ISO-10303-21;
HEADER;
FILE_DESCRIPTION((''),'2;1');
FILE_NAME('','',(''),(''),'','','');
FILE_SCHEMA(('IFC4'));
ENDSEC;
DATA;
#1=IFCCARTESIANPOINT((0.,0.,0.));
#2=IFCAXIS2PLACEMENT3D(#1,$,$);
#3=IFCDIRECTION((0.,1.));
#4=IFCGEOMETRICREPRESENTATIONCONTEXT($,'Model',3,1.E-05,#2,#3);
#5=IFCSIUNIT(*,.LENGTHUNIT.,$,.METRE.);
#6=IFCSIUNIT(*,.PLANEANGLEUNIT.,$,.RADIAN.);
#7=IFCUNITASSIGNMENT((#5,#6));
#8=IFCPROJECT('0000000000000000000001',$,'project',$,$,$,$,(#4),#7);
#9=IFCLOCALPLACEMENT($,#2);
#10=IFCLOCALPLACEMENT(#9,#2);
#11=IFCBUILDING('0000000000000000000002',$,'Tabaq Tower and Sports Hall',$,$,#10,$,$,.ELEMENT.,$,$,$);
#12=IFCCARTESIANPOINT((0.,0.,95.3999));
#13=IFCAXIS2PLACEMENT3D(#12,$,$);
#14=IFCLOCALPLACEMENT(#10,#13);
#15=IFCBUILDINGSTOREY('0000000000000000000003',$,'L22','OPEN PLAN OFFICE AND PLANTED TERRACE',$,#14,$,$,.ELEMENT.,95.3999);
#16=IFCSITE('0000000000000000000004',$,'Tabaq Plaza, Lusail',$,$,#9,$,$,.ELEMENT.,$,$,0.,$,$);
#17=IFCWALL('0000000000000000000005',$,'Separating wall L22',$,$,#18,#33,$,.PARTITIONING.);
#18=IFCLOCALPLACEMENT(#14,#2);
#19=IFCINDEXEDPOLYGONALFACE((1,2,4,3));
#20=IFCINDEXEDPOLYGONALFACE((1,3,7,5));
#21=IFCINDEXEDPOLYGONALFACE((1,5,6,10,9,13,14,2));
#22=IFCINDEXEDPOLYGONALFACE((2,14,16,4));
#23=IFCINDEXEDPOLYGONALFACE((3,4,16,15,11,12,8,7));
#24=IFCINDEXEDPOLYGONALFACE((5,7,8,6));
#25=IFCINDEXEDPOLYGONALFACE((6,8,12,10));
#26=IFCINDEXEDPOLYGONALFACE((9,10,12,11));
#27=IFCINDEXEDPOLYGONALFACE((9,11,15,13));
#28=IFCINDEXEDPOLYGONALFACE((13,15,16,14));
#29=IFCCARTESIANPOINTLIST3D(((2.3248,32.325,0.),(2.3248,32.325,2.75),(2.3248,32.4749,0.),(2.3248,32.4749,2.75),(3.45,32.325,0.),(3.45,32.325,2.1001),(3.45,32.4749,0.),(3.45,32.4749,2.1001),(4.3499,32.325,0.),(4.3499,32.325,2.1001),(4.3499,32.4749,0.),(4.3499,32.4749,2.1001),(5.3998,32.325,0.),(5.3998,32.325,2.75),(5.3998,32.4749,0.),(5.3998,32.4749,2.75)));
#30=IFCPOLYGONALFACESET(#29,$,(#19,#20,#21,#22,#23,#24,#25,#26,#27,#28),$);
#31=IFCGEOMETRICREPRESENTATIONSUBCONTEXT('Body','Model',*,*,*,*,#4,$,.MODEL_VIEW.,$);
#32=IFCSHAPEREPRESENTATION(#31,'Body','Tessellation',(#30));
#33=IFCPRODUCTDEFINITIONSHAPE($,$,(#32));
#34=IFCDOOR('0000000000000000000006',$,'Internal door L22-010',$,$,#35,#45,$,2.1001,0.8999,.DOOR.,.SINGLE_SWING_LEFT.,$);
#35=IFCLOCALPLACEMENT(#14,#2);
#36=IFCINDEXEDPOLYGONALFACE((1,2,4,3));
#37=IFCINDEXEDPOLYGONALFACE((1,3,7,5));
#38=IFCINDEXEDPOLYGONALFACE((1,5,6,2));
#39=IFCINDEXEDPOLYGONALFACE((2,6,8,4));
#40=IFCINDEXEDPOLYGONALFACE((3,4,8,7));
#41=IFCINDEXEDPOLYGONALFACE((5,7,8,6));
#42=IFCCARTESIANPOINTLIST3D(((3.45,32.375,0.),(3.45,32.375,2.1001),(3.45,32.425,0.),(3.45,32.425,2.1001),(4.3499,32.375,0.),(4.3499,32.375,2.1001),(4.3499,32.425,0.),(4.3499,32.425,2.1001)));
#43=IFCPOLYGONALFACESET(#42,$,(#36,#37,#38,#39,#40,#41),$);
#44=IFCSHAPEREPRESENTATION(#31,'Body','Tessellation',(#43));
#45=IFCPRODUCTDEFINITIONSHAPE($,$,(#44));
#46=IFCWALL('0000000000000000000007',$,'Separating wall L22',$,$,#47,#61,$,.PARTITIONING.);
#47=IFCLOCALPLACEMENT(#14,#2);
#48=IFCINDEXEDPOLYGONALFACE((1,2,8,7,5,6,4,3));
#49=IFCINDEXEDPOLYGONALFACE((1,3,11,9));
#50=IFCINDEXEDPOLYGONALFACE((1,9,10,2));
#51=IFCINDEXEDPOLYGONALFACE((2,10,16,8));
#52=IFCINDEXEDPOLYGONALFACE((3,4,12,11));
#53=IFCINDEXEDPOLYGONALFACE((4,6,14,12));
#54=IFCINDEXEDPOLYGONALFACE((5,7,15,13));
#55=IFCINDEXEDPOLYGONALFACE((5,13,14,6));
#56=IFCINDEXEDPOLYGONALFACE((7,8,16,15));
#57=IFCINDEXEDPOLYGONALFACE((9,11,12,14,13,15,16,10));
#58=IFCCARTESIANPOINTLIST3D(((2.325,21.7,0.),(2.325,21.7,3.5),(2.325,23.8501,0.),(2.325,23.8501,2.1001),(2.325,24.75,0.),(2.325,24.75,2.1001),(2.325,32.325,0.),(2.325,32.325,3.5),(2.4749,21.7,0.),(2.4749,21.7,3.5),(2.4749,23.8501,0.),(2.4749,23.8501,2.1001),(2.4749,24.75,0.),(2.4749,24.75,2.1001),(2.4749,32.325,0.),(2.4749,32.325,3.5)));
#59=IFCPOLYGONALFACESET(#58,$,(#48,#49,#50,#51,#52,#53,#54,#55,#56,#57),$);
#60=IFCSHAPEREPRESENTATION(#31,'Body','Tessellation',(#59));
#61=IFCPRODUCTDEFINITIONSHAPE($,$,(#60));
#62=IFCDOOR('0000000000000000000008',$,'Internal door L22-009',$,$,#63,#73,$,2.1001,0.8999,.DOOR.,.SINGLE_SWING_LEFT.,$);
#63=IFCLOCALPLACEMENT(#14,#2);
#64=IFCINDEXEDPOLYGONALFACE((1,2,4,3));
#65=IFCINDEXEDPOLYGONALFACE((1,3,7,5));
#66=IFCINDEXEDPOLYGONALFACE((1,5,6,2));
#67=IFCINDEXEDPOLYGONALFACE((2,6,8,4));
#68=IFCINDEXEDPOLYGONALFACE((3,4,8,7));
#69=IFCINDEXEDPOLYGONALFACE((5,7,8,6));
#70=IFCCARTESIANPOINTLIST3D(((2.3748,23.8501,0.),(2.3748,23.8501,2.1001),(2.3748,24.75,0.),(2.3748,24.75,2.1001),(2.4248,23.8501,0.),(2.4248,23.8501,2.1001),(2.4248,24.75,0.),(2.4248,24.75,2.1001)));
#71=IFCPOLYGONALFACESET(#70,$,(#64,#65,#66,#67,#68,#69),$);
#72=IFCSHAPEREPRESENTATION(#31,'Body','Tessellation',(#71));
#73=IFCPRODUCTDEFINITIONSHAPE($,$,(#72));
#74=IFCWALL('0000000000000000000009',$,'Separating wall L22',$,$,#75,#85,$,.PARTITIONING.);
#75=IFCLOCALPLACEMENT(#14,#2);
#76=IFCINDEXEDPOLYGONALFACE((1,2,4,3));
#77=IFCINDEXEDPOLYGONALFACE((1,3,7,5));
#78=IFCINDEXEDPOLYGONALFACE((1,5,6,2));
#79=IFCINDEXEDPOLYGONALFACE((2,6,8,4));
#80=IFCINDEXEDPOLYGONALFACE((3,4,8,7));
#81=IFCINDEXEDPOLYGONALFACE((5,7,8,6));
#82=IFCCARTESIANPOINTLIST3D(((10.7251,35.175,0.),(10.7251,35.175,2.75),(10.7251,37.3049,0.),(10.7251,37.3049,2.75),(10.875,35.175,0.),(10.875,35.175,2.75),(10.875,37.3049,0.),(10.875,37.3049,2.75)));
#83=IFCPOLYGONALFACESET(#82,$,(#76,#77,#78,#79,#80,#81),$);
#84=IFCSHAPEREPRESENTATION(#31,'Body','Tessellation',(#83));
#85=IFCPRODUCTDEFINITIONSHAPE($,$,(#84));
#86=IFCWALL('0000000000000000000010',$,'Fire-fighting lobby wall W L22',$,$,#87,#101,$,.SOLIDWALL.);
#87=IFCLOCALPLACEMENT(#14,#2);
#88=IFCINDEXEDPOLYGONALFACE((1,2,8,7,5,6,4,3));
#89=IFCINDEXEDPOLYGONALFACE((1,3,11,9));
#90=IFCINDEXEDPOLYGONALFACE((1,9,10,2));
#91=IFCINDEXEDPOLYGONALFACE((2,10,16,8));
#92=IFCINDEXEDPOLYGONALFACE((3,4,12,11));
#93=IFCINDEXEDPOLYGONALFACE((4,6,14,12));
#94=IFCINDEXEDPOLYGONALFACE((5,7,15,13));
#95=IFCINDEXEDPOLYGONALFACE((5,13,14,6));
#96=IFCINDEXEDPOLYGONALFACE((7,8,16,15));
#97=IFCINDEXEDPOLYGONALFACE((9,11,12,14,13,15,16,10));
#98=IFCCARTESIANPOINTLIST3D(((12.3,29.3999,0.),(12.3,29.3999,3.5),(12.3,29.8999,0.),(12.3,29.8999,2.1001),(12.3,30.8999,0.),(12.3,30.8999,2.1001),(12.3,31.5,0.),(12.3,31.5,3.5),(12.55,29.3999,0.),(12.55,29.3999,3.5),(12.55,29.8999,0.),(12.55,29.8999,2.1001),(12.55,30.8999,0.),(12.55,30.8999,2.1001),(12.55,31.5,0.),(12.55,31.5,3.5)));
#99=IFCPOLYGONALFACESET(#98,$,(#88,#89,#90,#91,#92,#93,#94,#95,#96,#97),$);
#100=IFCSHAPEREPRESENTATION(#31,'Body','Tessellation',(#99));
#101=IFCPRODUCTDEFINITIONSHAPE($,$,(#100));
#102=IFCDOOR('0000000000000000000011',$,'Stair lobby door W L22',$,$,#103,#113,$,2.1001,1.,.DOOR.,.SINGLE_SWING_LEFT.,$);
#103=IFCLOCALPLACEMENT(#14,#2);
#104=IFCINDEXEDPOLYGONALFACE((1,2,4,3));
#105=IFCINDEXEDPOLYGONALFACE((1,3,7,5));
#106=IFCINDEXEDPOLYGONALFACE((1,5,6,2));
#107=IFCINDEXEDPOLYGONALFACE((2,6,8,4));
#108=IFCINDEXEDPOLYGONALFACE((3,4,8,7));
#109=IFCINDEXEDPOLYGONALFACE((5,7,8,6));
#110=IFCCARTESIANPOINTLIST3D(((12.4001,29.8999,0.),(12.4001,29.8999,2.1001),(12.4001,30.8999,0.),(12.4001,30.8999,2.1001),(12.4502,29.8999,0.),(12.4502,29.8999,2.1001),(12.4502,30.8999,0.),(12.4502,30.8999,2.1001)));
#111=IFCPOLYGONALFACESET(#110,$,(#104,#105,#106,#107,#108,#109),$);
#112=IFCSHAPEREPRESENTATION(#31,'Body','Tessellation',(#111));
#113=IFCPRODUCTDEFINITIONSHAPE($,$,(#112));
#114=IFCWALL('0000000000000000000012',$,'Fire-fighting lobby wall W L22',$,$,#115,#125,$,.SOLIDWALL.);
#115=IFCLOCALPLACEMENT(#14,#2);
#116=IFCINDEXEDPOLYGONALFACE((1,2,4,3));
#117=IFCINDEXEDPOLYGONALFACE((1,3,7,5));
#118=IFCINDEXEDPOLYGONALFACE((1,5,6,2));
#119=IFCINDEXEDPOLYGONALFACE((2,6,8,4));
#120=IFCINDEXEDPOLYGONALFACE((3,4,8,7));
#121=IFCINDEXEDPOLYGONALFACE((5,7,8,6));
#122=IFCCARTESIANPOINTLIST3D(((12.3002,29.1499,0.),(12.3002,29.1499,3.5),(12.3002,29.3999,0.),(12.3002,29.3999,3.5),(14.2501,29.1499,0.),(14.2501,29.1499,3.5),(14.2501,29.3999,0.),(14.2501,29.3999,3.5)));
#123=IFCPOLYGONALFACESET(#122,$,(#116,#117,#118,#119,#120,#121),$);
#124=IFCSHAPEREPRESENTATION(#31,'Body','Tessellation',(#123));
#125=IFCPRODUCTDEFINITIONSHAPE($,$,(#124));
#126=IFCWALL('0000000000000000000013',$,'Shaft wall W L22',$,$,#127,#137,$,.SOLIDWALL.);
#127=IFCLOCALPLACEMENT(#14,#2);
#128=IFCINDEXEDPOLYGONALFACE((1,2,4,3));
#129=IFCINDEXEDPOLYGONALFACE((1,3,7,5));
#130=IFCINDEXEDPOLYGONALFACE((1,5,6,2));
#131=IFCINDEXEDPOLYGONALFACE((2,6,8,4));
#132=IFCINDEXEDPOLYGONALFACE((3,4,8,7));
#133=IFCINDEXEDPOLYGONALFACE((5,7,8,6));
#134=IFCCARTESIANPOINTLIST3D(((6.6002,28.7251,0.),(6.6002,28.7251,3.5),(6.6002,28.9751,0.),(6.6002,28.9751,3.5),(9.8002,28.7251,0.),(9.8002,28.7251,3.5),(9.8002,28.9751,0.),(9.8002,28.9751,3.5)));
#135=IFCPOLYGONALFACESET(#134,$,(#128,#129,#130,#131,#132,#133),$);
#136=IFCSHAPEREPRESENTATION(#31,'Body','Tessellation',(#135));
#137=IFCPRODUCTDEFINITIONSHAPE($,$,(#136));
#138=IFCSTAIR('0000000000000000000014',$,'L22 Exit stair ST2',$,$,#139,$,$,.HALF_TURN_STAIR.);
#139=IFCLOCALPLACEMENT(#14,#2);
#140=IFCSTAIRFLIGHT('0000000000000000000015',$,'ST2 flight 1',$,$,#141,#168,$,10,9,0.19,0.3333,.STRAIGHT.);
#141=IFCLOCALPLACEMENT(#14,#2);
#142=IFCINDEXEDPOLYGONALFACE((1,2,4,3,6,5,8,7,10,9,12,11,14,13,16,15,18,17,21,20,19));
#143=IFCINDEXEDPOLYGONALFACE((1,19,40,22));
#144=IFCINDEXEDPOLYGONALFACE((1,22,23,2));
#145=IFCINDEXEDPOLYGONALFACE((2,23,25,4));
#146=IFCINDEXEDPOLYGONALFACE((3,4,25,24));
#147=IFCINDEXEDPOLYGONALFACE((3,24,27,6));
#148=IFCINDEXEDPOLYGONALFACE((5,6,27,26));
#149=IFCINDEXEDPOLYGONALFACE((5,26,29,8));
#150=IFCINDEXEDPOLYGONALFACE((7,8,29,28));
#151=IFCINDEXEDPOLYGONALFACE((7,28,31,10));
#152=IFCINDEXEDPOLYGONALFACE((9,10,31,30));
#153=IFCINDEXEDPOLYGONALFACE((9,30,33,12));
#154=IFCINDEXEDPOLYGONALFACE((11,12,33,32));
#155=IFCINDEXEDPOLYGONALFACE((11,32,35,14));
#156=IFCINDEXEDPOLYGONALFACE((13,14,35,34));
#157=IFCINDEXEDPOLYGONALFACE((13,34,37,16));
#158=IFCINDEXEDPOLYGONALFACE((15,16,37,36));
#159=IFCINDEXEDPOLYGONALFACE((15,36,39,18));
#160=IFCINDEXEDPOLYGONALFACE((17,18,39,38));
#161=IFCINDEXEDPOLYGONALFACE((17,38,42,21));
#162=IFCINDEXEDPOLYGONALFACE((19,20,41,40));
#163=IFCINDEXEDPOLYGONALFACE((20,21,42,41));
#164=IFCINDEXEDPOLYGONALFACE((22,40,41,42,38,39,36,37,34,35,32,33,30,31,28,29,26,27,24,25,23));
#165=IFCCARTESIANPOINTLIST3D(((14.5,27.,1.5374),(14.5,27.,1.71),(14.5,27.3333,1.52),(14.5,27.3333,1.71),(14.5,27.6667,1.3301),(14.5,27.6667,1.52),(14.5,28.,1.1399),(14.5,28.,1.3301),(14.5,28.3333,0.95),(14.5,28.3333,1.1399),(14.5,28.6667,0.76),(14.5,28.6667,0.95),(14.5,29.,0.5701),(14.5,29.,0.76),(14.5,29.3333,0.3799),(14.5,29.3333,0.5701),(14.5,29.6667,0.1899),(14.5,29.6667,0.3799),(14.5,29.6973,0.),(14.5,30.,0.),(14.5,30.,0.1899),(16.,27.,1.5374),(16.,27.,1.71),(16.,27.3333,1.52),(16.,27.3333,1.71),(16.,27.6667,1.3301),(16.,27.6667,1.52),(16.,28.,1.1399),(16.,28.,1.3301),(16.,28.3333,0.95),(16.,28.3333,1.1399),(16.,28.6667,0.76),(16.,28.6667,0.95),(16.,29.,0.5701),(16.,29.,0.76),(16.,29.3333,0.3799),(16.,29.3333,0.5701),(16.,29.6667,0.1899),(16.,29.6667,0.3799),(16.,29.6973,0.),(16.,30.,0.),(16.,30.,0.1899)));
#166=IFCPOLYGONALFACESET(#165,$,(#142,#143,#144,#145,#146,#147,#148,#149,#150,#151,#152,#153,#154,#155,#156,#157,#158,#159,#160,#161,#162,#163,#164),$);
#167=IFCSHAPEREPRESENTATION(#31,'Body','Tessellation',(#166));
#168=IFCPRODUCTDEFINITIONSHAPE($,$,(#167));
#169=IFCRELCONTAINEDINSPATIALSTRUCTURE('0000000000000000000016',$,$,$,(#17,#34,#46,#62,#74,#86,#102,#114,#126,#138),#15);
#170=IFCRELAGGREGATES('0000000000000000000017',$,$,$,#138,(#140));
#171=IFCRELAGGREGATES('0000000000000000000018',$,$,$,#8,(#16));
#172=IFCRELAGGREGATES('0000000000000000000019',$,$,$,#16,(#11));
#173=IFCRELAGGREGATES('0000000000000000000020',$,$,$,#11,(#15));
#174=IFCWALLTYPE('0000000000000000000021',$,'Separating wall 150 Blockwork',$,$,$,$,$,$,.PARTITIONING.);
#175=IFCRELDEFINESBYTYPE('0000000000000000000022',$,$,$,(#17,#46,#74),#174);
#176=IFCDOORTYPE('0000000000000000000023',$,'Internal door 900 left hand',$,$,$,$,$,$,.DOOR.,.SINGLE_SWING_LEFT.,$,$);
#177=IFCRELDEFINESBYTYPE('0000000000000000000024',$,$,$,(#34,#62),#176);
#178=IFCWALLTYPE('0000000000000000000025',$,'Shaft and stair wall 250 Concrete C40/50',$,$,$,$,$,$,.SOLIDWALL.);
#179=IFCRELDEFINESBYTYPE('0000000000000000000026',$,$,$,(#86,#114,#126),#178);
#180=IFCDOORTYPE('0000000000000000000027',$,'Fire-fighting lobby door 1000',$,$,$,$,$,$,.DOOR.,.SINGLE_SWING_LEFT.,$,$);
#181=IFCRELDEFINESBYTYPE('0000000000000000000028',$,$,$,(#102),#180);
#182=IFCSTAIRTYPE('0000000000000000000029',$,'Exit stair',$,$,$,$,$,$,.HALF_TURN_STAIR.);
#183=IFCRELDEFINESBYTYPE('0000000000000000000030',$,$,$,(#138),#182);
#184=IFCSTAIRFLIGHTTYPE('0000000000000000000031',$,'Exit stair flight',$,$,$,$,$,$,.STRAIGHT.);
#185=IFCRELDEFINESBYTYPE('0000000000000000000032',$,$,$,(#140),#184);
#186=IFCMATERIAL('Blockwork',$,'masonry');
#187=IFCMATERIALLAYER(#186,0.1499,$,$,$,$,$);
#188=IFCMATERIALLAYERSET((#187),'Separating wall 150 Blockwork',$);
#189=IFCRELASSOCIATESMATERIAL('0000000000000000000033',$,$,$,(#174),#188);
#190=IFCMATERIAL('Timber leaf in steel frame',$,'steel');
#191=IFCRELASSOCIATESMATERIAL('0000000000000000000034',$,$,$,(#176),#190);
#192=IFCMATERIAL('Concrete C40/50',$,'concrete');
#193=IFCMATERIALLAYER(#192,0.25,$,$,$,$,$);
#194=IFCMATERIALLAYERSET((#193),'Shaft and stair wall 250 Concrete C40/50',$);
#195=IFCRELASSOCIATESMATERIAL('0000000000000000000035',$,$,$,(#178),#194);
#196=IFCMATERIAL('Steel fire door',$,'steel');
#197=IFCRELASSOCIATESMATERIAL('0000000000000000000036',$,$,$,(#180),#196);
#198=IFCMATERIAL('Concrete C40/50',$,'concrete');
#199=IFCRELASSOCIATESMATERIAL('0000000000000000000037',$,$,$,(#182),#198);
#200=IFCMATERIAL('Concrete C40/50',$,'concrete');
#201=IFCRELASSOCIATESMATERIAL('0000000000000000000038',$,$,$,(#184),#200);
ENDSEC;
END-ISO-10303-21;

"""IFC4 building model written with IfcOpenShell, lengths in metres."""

from ifc_helpers import new_model, si_unit, direction, frame, frame_2d, origin, place, context, subcontext, project, spatial, polyline, rectangle, outline, extrude, material, layer, layer_set, type_object, element, fill, aggregate, save


model = new_model("IFC4")

# Units and contexts
model_context = context("Model", 3, precision=1e-05, world=origin(), true_north=direction((0.0, 1.0)))
body_context = subcontext(model_context, "Body", "Model", "MODEL_VIEW")
ifc_project = project(units=[si_unit("LENGTHUNIT", "METRE"), si_unit("PLANEANGLEUNIT", "RADIAN")], contexts=[model_context])

# Site, building, storey
site_placement = place(None, origin())
site = spatial("IfcSite", under=ifc_project, at=site_placement, Name="Tabaq Plaza, Lusail", CompositionType="ELEMENT", RefElevation=0.0)
building_placement = place(site_placement, origin())
building = spatial("IfcBuilding", under=site, at=building_placement, Name="Tabaq Tower and Sports Hall", CompositionType="ELEMENT")
storey_placement = place(building_placement, frame((0.0, 0.0, 95.3999)))
storey = spatial("IfcBuildingStorey", under=building, at=storey_placement, Name="L22", Description="OPEN PLAN OFFICE AND PLANTED TERRACE", CompositionType="ELEMENT", Elevation=95.3999)

# Walls, openings, doors
ifc_material_1 = material(Name="Blockwork", Category="masonry")
ifc_layer_1 = layer(ifc_material_1, 0.1499)
ifc_layer_set_1 = layer_set([ifc_layer_1], Name="Separating wall 150 Blockwork")
wall_type_1 = type_object("IfcWallType", Name="Separating wall 150 Blockwork", PredefinedType="PARTITIONING", material=ifc_layer_set_1)
wall_1_placement = place(storey_placement, frame((5.3999, 32.3999, 0.0), z_axis=(0.0, 0.0, 1.0), x_axis=(-1.0, 0.0, 0.0)))
wall_1 = element("IfcWall", 1, at=wall_1_placement, inside=storey, type_object=wall_type_1, Name="Separating wall L22", PredefinedType="PARTITIONING", context=body_context, shape_type="SweptSolid", body=[
    extrude(rectangle(XDim=3.075, YDim=0.1499, at=frame_2d((1.5376, 0.0))), origin(), (0.0, 0.0, 1.0), 2.75),
])
opening_1_placement = place(wall_1_placement, frame((1.05, 0.0, 0.0)))
opening_1 = element("IfcOpeningElement", 2, at=opening_1_placement, cuts=wall_1, PredefinedType="OPENING", context=body_context, shape_type="SweptSolid", body=[
    extrude(rectangle(XDim=0.8999, YDim=2.1001, at=frame_2d((0.45, 1.05))), frame((0.0, 0.075, 0.0), z_axis=(0.0, -1.0, 0.0), x_axis=(1.0, 0.0, 0.0)), (0.0, 0.0, 1.0), 0.1499),
])
ifc_material_2 = material(Name="Timber leaf in steel frame", Category="steel")
door_type_1 = type_object("IfcDoorType", Name="Internal door 900 left hand", OperationType="SINGLE_SWING_LEFT", PredefinedType="DOOR", material=ifc_material_2)
door_1_placement = place(opening_1_placement, origin())
door_1 = element("IfcDoor", 3, at=door_1_placement, inside=storey, type_object=door_type_1, Name="Internal door L22-010", OperationType="SINGLE_SWING_LEFT", OverallHeight=2.1001, OverallWidth=0.8999, PredefinedType="DOOR", context=body_context, shape_type="SweptSolid", body=[
    extrude(rectangle(XDim=0.8999, YDim=2.1001, at=frame_2d((0.45, 1.05))), frame((0.0, 0.0249, 0.0), z_axis=(0.0, -1.0, 0.0), x_axis=(1.0, 0.0, 0.0)), (0.0, 0.0, 1.0), 0.05),
])
fill(opening_1, door_1)
wall_2_placement = place(storey_placement, frame((2.3999, 32.325, 0.0), z_axis=(0.0, 0.0, 1.0), x_axis=(0.0, -1.0, 0.0)))
wall_2 = element("IfcWall", 4, at=wall_2_placement, inside=storey, type_object=wall_type_1, Name="Separating wall L22", PredefinedType="PARTITIONING", context=body_context, shape_type="SweptSolid", body=[
    extrude(rectangle(XDim=10.625, YDim=0.1499, at=frame_2d((5.3125, 0.0))), origin(), (0.0, 0.0, 1.0), 3.5),
])
opening_2_placement = place(wall_2_placement, frame((7.575, 0.0, 0.0)))
opening_2 = element("IfcOpeningElement", 5, at=opening_2_placement, cuts=wall_2, PredefinedType="OPENING", context=body_context, shape_type="SweptSolid", body=[
    extrude(rectangle(XDim=0.8999, YDim=2.1001, at=frame_2d((0.45, 1.05))), frame((0.0, 0.075, 0.0), z_axis=(0.0, -1.0, 0.0), x_axis=(1.0, 0.0, 0.0)), (0.0, 0.0, 1.0), 0.1499),
])
door_2_placement = place(opening_2_placement, origin())
door_2 = element("IfcDoor", 6, at=door_2_placement, inside=storey, type_object=door_type_1, Name="Internal door L22-009", OperationType="SINGLE_SWING_LEFT", OverallHeight=2.1001, OverallWidth=0.8999, PredefinedType="DOOR", context=body_context, shape_type="SweptSolid", body=[
    extrude(rectangle(XDim=0.8999, YDim=2.1001, at=frame_2d((0.45, 1.05))), frame((0.0, 0.0249, 0.0), z_axis=(0.0, -1.0, 0.0), x_axis=(1.0, 0.0, 0.0)), (0.0, 0.0, 1.0), 0.05),
])
fill(opening_2, door_2)

# Wall
wall_3_placement = place(storey_placement, frame((10.8, 35.175, 0.0), z_axis=(0.0, 0.0, 1.0), x_axis=(0.0, 1.0, 0.0)))
element("IfcWall", 7, at=wall_3_placement, inside=storey, type_object=wall_type_1, Name="Separating wall L22", PredefinedType="PARTITIONING", context=body_context, shape_type="SweptSolid", body=[
    extrude(rectangle(XDim=2.1299, YDim=0.1499, at=frame_2d((1.0649, 0.0))), origin(), (0.0, 0.0, 1.0), 2.75),
])

# Wall, opening, door
ifc_material_3 = material(Name="Concrete C40/50", Category="concrete")
ifc_layer_2 = layer(ifc_material_3, 0.25)
ifc_layer_set_2 = layer_set([ifc_layer_2], Name="Shaft and stair wall 250 Concrete C40/50")
wall_type_2 = type_object("IfcWallType", Name="Shaft and stair wall 250 Concrete C40/50", PredefinedType="SOLIDWALL", material=ifc_layer_set_2)
wall_4_placement = place(storey_placement, frame((12.425, 29.3999, 0.0), z_axis=(0.0, 0.0, 1.0), x_axis=(0.0, 1.0, 0.0)))
wall_4 = element("IfcWall", 8, at=wall_4_placement, inside=storey, type_object=wall_type_2, Name="Fire-fighting lobby wall W L22", PredefinedType="SOLIDWALL", context=body_context, shape_type="SweptSolid", body=[
    extrude(rectangle(XDim=2.1001, YDim=0.25, at=frame_2d((1.05, 0.0))), origin(), (0.0, 0.0, 1.0), 3.5),
])
opening_3_placement = place(wall_4_placement, frame((0.5, 0.0, 0.0)))
opening_3 = element("IfcOpeningElement", 9, at=opening_3_placement, cuts=wall_4, PredefinedType="OPENING", context=body_context, shape_type="SweptSolid", body=[
    extrude(rectangle(XDim=1.0, YDim=2.1001, at=frame_2d((0.5, 1.05))), frame((0.0, 0.125, 0.0), z_axis=(0.0, -1.0, 0.0), x_axis=(1.0, 0.0, 0.0)), (0.0, 0.0, 1.0), 0.25),
])
ifc_material_4 = material(Name="Steel fire door", Category="steel")
door_type_2 = type_object("IfcDoorType", Name="Fire-fighting lobby door 1000", OperationType="SINGLE_SWING_LEFT", PredefinedType="DOOR", material=ifc_material_4)
door_3_placement = place(opening_3_placement, origin())
door_3 = element("IfcDoor", 10, at=door_3_placement, inside=storey, type_object=door_type_2, Name="Stair lobby door W L22", OperationType="SINGLE_SWING_LEFT", OverallHeight=2.1001, OverallWidth=1.0, PredefinedType="DOOR", context=body_context, shape_type="SweptSolid", body=[
    extrude(rectangle(XDim=1.0, YDim=2.1001, at=frame_2d((0.5, 1.05))), frame((0.0, 0.0249, 0.0), z_axis=(0.0, -1.0, 0.0), x_axis=(1.0, 0.0, 0.0)), (0.0, 0.0, 1.0), 0.05),
])
fill(opening_3, door_3)

# Walls
wall_5_placement = place(storey_placement, frame((12.3, 29.2749, 0.0), z_axis=(0.0, 0.0, 1.0), x_axis=(1.0, 0.0, 0.0)))
element("IfcWall", 11, at=wall_5_placement, inside=storey, type_object=wall_type_2, Name="Fire-fighting lobby wall W L22", PredefinedType="SOLIDWALL", context=body_context, shape_type="SweptSolid", body=[
    extrude(rectangle(XDim=1.95, YDim=0.25, at=frame_2d((0.9751, 0.0))), origin(), (0.0, 0.0, 1.0), 3.5),
])
wall_6_placement = place(storey_placement, frame((6.6001, 28.8501, 0.0), z_axis=(0.0, 0.0, 1.0), x_axis=(1.0, 0.0, 0.0)))
element("IfcWall", 12, at=wall_6_placement, inside=storey, type_object=wall_type_2, Name="Shaft wall W L22", PredefinedType="SOLIDWALL", context=body_context, shape_type="SweptSolid", body=[
    extrude(rectangle(XDim=3.2, YDim=0.25, at=frame_2d((1.6001, 0.0))), origin(), (0.0, 0.0, 1.0), 3.5),
])

# Stair, stair flight
ifc_material_5 = material(Name="Concrete C40/50", Category="concrete")
stair_type = type_object("IfcStairType", Name="Exit stair", PredefinedType="HALF_TURN_STAIR", material=ifc_material_5)
stair_placement = place(storey_placement, origin())
stair = element("IfcStair", 13, at=stair_placement, inside=storey, type_object=stair_type, Name="L22 Exit stair ST2", PredefinedType="HALF_TURN_STAIR")
ifc_material_6 = material(Name="Concrete C40/50", Category="concrete")
stair_flight_type = type_object("IfcStairFlightType", Name="Exit stair flight", PredefinedType="STRAIGHT", material=ifc_material_6)
stair_flight_1_placement = place(storey_placement, frame((15.25, 30.0, 0.0), z_axis=(0.0, 0.0, 1.0), x_axis=(0.0, -1.0, 0.0)))
stair_flight_1 = element("IfcStairFlight", 14, at=stair_flight_1_placement, type_object=stair_flight_type, Name="ST2 flight 1", NumberOfRisers=10, NumberOfTreads=9, PredefinedType="STRAIGHT", RiserHeight=0.19, TreadLength=0.3333, context=body_context, shape_type="SweptSolid", body=[
    extrude(outline(polyline([(0.0, 0.0), (0.0, 0.1899), (0.3333, 0.1899), (0.3333, 0.3799), (0.6667, 0.3799), (0.6667, 0.5701), (1.0, 0.5701), (1.0, 0.76), (1.3333, 0.76), (1.3333, 0.95), (1.6667, 0.95), (1.6667, 1.1399), (2.0, 1.1399), (2.0, 1.3301), (2.3333, 1.3301), (2.3333, 1.52), (2.6667, 1.52), (2.6667, 1.71), (3.0, 1.71), (3.0, 1.8999), (3.0, 1.5374), (0.3027, 0.0), (0.0, 0.0)])), frame((0.0, 0.75, 0.0), z_axis=(0.0, -1.0, 0.0), x_axis=(1.0, 0.0, 0.0)), (0.0, 0.0, 1.0), 1.5),
])
aggregate(stair, [stair_flight_1])

save(model, "model.ifc")
